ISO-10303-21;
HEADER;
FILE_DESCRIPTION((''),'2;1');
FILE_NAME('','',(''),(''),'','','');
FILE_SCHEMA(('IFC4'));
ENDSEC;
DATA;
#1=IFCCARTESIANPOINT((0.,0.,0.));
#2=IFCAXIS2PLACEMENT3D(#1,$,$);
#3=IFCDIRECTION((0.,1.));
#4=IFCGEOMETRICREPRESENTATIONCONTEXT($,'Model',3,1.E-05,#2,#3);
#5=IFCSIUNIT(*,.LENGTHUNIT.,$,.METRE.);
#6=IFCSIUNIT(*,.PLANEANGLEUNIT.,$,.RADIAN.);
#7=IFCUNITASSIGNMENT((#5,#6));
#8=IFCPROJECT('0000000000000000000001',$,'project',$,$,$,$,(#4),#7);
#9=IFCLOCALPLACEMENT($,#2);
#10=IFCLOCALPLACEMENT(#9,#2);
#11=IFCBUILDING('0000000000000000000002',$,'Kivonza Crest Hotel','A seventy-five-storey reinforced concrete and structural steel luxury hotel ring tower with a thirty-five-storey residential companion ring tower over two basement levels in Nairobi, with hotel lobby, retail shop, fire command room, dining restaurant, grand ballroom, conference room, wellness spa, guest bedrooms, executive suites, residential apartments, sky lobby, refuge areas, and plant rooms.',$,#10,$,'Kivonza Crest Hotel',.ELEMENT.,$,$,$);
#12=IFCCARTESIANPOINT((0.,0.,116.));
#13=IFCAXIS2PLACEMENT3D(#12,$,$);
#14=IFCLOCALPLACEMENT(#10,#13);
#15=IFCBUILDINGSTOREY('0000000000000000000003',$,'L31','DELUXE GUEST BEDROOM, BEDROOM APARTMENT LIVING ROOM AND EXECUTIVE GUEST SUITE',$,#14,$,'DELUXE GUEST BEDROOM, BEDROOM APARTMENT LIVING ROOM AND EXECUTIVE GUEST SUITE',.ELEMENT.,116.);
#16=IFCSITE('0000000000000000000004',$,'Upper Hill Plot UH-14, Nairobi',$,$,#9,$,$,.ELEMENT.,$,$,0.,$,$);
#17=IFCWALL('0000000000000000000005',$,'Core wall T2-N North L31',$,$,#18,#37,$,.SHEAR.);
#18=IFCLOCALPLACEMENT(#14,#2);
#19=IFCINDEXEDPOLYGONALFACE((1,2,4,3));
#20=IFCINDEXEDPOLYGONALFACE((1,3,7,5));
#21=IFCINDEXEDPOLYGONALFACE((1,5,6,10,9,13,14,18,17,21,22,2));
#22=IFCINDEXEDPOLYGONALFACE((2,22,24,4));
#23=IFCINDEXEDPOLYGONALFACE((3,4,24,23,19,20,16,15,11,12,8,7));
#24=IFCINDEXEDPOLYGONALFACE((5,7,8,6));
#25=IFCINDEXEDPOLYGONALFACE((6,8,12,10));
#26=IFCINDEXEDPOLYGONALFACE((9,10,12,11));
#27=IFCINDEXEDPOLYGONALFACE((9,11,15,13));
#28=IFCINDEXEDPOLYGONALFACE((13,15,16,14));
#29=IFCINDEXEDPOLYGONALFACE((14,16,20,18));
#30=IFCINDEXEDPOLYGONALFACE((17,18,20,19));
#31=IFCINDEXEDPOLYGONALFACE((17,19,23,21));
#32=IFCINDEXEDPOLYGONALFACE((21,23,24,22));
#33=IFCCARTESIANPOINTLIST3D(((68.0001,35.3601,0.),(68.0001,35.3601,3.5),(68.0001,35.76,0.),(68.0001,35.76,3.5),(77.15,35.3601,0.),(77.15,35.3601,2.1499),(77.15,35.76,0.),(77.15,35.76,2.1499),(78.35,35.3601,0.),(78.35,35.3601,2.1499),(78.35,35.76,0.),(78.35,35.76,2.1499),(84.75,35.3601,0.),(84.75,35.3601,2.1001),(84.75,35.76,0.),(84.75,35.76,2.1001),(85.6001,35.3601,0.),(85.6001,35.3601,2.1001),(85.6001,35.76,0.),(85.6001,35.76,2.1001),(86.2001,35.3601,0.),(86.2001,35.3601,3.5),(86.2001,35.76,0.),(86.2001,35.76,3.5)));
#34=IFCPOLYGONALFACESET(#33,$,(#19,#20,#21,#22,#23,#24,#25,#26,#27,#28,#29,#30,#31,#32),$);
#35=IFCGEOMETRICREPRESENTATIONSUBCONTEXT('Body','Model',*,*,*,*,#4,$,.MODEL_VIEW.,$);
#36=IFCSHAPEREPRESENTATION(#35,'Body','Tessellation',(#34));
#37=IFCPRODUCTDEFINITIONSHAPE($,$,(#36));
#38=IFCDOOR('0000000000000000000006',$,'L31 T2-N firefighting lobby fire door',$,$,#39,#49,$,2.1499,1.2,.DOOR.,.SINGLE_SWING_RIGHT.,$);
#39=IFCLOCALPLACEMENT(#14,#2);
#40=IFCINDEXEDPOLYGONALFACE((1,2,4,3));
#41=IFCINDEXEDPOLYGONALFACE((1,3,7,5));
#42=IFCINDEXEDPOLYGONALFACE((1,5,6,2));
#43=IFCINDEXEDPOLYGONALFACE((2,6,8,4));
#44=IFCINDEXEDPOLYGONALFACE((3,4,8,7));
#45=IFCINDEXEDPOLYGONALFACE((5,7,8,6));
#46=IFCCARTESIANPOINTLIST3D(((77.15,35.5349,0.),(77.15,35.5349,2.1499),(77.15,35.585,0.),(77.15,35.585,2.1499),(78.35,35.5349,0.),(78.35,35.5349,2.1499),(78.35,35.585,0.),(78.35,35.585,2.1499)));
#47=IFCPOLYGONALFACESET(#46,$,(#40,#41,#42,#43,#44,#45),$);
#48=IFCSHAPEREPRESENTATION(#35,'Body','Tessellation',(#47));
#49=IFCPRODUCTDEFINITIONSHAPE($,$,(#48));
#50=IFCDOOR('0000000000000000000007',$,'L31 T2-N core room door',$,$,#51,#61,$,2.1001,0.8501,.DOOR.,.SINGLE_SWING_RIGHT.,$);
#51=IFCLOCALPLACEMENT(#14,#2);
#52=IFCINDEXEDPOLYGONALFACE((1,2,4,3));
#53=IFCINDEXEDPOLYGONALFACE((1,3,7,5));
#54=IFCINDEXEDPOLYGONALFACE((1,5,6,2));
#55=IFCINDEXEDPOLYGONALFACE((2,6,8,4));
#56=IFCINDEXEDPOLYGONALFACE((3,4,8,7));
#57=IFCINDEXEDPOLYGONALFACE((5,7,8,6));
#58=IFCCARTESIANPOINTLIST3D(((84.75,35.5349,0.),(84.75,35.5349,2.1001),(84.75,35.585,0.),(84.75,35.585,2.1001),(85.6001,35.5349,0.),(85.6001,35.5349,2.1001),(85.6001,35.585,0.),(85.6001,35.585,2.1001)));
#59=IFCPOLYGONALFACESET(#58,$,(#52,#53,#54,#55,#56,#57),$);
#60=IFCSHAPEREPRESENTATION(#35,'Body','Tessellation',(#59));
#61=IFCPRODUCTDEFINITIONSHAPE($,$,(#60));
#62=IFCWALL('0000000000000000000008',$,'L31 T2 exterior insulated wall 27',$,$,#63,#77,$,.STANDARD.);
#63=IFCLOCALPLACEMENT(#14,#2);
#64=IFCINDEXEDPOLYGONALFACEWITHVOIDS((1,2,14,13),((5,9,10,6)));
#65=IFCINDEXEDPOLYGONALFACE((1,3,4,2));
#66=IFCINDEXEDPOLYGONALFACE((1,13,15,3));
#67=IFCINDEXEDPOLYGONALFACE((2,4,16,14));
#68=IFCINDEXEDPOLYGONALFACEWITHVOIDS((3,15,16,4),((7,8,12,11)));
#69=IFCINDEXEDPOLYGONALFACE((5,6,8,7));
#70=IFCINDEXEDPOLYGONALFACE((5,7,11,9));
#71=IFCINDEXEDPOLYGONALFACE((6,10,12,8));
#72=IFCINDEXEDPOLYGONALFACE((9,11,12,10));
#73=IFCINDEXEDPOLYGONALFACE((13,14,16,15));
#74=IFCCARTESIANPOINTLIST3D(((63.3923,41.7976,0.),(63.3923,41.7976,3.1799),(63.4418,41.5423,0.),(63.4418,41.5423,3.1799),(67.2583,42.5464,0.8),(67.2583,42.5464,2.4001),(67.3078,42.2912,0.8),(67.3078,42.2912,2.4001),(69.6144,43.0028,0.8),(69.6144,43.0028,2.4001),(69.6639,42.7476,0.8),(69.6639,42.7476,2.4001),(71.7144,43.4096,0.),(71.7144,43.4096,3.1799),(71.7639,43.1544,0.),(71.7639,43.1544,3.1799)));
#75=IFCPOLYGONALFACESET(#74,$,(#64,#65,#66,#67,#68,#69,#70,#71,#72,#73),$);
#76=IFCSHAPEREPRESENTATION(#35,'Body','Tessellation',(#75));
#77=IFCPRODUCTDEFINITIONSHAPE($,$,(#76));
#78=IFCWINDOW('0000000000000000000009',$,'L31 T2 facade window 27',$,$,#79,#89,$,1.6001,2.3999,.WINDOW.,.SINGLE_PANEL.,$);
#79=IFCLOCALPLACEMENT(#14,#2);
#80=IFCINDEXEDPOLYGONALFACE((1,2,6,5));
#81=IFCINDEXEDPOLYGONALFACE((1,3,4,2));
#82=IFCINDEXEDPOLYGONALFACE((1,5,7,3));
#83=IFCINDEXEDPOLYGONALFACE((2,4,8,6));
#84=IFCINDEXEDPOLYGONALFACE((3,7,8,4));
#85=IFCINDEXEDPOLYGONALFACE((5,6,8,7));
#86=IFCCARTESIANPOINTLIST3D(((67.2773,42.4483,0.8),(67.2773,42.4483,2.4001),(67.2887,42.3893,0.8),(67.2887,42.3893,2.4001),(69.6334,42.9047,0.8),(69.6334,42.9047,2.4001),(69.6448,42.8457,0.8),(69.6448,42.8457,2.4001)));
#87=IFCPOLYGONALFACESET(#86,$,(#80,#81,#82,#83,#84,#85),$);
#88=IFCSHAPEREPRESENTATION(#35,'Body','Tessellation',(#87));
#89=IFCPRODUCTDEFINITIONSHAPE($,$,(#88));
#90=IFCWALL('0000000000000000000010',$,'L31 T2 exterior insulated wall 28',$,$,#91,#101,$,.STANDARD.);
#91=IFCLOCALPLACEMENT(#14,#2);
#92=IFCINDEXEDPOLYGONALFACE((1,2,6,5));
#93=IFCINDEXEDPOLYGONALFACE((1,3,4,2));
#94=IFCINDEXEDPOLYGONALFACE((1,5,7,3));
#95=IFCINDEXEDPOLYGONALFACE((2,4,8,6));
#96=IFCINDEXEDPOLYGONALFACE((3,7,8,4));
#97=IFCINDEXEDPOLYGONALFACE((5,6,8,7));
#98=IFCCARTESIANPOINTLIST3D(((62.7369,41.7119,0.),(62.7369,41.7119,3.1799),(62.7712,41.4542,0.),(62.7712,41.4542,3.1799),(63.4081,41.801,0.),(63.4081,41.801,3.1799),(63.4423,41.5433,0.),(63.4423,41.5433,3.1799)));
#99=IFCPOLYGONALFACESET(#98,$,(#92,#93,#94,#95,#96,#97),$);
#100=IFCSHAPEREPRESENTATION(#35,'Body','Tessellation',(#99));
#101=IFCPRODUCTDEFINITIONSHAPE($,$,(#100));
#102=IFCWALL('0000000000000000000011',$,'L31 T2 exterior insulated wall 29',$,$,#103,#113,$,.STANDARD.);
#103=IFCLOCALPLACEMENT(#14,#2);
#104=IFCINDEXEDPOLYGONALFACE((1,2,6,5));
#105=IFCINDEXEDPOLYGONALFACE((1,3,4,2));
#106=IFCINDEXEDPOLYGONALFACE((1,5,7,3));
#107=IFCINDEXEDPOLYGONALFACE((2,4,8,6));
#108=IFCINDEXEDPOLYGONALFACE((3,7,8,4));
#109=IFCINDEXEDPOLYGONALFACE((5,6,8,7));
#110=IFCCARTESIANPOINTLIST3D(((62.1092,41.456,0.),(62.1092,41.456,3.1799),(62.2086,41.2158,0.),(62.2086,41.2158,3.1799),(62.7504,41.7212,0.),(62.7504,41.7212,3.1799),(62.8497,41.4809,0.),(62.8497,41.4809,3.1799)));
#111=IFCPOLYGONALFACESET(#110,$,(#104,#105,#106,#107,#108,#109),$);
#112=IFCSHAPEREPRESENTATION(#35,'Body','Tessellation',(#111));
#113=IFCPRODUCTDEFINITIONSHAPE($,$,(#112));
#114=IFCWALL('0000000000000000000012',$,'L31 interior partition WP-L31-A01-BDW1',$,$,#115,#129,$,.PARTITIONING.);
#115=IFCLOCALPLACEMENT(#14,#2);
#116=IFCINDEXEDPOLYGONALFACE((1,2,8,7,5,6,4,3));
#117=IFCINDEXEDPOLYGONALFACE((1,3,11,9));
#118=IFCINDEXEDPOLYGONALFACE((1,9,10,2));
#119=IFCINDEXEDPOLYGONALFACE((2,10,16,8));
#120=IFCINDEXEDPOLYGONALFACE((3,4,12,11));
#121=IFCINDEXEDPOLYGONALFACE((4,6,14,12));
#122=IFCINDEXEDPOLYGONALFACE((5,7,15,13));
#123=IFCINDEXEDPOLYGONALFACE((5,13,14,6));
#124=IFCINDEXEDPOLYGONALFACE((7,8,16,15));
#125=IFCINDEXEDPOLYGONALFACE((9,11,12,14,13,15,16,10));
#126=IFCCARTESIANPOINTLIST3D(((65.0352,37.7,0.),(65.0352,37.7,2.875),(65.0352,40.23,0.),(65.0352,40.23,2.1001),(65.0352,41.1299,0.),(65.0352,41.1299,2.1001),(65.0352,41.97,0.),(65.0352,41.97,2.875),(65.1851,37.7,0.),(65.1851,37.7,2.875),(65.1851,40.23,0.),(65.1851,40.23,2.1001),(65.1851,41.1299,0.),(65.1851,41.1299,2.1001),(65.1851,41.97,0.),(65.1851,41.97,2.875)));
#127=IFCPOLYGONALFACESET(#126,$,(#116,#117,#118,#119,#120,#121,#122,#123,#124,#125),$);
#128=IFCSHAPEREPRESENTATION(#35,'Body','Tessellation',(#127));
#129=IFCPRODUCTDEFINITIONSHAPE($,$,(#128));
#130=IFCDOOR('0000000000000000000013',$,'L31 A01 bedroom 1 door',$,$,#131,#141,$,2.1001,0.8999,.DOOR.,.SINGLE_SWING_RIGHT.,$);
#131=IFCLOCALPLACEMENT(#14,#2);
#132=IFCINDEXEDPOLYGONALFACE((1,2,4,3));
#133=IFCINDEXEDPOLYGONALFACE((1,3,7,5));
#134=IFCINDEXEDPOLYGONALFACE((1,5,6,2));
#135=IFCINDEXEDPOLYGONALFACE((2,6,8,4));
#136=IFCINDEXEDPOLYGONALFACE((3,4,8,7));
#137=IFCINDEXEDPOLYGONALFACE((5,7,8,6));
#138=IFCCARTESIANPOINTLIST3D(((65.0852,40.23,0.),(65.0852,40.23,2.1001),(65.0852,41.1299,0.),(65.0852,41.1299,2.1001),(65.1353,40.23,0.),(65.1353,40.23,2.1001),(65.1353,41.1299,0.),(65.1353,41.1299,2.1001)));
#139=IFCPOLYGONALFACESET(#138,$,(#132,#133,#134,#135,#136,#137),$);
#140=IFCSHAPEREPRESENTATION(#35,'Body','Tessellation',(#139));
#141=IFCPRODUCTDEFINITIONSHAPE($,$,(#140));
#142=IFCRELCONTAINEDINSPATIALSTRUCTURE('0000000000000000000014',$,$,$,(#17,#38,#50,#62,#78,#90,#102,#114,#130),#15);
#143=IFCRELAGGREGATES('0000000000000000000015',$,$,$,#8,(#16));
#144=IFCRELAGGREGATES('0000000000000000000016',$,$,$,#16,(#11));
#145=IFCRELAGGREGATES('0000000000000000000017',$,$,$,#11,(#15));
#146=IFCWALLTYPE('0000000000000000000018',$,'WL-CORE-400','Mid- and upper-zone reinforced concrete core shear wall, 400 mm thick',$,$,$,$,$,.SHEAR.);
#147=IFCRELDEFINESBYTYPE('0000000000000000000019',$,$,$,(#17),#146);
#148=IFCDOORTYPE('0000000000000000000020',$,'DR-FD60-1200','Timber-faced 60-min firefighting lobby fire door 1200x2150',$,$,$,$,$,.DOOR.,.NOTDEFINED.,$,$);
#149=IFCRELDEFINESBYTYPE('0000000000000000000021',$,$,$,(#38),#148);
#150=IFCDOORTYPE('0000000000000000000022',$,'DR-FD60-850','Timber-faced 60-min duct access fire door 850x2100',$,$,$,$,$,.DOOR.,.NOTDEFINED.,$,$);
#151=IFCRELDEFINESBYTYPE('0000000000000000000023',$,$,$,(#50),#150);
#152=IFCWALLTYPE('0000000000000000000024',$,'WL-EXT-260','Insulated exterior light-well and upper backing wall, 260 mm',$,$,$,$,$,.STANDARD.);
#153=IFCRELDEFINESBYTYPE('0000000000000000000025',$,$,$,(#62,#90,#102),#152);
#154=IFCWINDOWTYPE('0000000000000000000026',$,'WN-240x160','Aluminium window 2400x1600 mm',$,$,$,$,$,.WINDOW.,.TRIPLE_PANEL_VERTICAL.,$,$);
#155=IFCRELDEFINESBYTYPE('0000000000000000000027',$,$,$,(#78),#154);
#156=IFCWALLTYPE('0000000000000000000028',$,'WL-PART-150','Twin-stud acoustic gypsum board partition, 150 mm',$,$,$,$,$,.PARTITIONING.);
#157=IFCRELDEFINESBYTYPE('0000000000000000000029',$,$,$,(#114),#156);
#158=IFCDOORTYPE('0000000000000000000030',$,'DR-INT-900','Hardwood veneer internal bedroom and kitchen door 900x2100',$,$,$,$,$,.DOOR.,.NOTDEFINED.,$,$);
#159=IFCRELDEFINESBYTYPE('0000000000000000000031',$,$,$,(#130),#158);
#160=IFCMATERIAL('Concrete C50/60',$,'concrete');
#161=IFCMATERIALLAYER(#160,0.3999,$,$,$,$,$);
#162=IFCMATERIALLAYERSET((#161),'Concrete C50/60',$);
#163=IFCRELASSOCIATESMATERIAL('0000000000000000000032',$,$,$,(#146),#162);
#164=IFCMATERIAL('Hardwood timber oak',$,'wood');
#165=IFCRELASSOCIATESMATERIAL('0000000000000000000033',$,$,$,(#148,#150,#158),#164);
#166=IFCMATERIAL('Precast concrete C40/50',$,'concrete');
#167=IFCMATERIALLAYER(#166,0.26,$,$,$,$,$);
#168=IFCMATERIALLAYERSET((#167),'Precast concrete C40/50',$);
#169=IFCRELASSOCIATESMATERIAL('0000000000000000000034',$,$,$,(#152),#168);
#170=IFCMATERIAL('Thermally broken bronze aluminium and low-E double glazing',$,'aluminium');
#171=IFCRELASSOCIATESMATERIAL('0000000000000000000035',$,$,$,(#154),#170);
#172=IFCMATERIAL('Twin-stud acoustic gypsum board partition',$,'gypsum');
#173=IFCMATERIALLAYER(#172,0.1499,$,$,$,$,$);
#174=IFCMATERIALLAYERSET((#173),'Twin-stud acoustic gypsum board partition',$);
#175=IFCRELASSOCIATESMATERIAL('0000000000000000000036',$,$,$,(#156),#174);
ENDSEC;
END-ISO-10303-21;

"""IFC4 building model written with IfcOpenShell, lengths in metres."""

from ifc_helpers import new_model, si_unit, direction, frame, frame_2d, origin, place, context, subcontext, project, spatial, rectangle, extrude, material, layer, layer_set, type_object, element, fill, save


model = new_model("IFC4")

# Units and contexts
model_context = context("Model", 3, precision=1e-05, world=origin(), true_north=direction((0.0, 1.0)))
body_context = subcontext(model_context, "Body", "Model", "MODEL_VIEW")
ifc_project = project(units=[si_unit("LENGTHUNIT", "METRE"), si_unit("PLANEANGLEUNIT", "RADIAN")], contexts=[model_context])

# Site, building, storey
site_placement = place(None, origin())
site = spatial("IfcSite", under=ifc_project, at=site_placement, Name="Upper Hill Plot UH-14, Nairobi", CompositionType="ELEMENT", RefElevation=0.0)
building_placement = place(site_placement, origin())
building = spatial("IfcBuilding", under=site, at=building_placement, Name="Kivonza Crest Hotel", Description="A seventy-five-storey reinforced concrete and structural steel luxury hotel ring tower with a thirty-five-storey residential companion ring tower over two basement levels in Nairobi, with hotel lobby, retail shop, fire command room, dining restaurant, grand ballroom, conference room, wellness spa, guest bedrooms, executive suites, residential apartments, sky lobby, refuge areas, and plant rooms.", LongName="Kivonza Crest Hotel", CompositionType="ELEMENT")
storey_placement = place(building_placement, frame((0.0, 0.0, 116.0)))
storey = spatial("IfcBuildingStorey", under=building, at=storey_placement, Name="L31", Description="DELUXE GUEST BEDROOM, BEDROOM APARTMENT LIVING ROOM AND EXECUTIVE GUEST SUITE", LongName="DELUXE GUEST BEDROOM, BEDROOM APARTMENT LIVING ROOM AND EXECUTIVE GUEST SUITE", CompositionType="ELEMENT", Elevation=116.0)

# Shared definitions
ifc_material_1 = material(Name="Concrete C50/60", Category="concrete")

# Shared definitions
ifc_material_2 = material(Name="Hardwood timber oak", Category="wood")

# Wall, openings, doors
ifc_layer_1 = layer(ifc_material_1, 0.3999)
ifc_layer_set_1 = layer_set([ifc_layer_1], Name="Concrete C50/60")
wall_type_1 = type_object("IfcWallType", Name="WL-CORE-400", Description="Mid- and upper-zone reinforced concrete core shear wall, 400 mm thick", PredefinedType="SHEAR", material=ifc_layer_set_1)
wall_1_placement = place(storey_placement, frame((68.0, 35.5601, 0.0), z_axis=(0.0, 0.0, 1.0), x_axis=(1.0, 0.0, 0.0)))
wall_1 = element("IfcWall", 1, at=wall_1_placement, inside=storey, type_object=wall_type_1, Name="Core wall T2-N North L31", PredefinedType="SHEAR", context=body_context, shape_type="SweptSolid", body=[
    extrude(rectangle(XDim=18.2, YDim=0.3999, at=frame_2d((9.1001, 0.0))), origin(), (0.0, 0.0, 1.0), 3.5),
])
opening_1_placement = place(wall_1_placement, frame((9.1499, 0.0, 0.0)))
opening_1 = element("IfcOpeningElement", 2, at=opening_1_placement, cuts=wall_1, PredefinedType="OPENING", context=body_context, shape_type="SweptSolid", body=[
    extrude(rectangle(XDim=1.2, YDim=2.1499, at=frame_2d((0.6001, 1.075))), frame((0.0, 0.21, 0.0), z_axis=(0.0, -1.0, 0.0), x_axis=(1.0, 0.0, 0.0)), (0.0, 0.0, 1.0), 0.4199),
])
opening_2_placement = place(wall_1_placement, frame((16.75, 0.0, 0.0)))
opening_2 = element("IfcOpeningElement", 3, at=opening_2_placement, cuts=wall_1, PredefinedType="OPENING", context=body_context, shape_type="SweptSolid", body=[
    extrude(rectangle(XDim=0.8501, YDim=2.1001, at=frame_2d((0.425, 1.05))), frame((0.0, 0.21, 0.0), z_axis=(0.0, -1.0, 0.0), x_axis=(1.0, 0.0, 0.0)), (0.0, 0.0, 1.0), 0.4199),
])
door_type_1 = type_object("IfcDoorType", Name="DR-FD60-1200", Description="Timber-faced 60-min firefighting lobby fire door 1200x2150", OperationType="NOTDEFINED", PredefinedType="DOOR", material=ifc_material_2)
door_1_placement = place(opening_1_placement, origin())
door_1 = element("IfcDoor", 4, at=door_1_placement, inside=storey, type_object=door_type_1, Name="L31 T2-N firefighting lobby fire door", OperationType="SINGLE_SWING_RIGHT", OverallHeight=2.1499, OverallWidth=1.2, PredefinedType="DOOR", context=body_context, shape_type="SweptSolid", body=[
    extrude(rectangle(XDim=1.2, YDim=2.1499, at=frame_2d((0.6001, 1.075))), frame((0.0, 0.0249, 0.0), z_axis=(0.0, -1.0, 0.0), x_axis=(1.0, 0.0, 0.0)), (0.0, 0.0, 1.0), 0.05),
])
fill(opening_1, door_1)
door_type_2 = type_object("IfcDoorType", Name="DR-FD60-850", Description="Timber-faced 60-min duct access fire door 850x2100", OperationType="NOTDEFINED", PredefinedType="DOOR", material=ifc_material_2)
door_2_placement = place(opening_2_placement, origin())
door_2 = element("IfcDoor", 5, at=door_2_placement, inside=storey, type_object=door_type_2, Name="L31 T2-N core room door", OperationType="SINGLE_SWING_RIGHT", OverallHeight=2.1001, OverallWidth=0.8501, PredefinedType="DOOR", context=body_context, shape_type="SweptSolid", body=[
    extrude(rectangle(XDim=0.8501, YDim=2.1001, at=frame_2d((0.425, 1.05))), frame((0.0, 0.0249, 0.0), z_axis=(0.0, -1.0, 0.0), x_axis=(1.0, 0.0, 0.0)), (0.0, 0.0, 1.0), 0.05),
])
fill(opening_2, door_2)

# Wall, opening, window
ifc_material_3 = material(Name="Precast concrete C40/50", Category="concrete")
ifc_layer_2 = layer(ifc_material_3, 0.26)
ifc_layer_set_2 = layer_set([ifc_layer_2], Name="Precast concrete C40/50")
wall_type_2 = type_object("IfcWallType", Name="WL-EXT-260", Description="Insulated exterior light-well and upper backing wall, 260 mm", PredefinedType="STANDARD", material=ifc_layer_set_2)
wall_2_placement = place(storey_placement, frame((71.739, 43.282, 0.0), z_axis=(0.0, 0.0, 1.0), x_axis=(-0.98175, -0.190175, 0.0)))
wall_2 = element("IfcWall", 6, at=wall_2_placement, inside=storey, type_object=wall_type_2, Name="L31 T2 exterior insulated wall 27", PredefinedType="STANDARD", context=body_context, shape_type="SweptSolid", body=[
    extrude(rectangle(XDim=8.4768, YDim=0.26, at=frame_2d((4.2383, 0.0))), origin(), (0.0, 0.0, 1.0), 3.1799),
])
opening_3_placement = place(wall_2_placement, frame((2.1389, 0.0, 0.8)))
opening_3 = element("IfcOpeningElement", 7, at=opening_3_placement, cuts=wall_2, PredefinedType="OPENING", context=body_context, shape_type="SweptSolid", body=[
    extrude(rectangle(XDim=2.3999, YDim=1.6001, at=frame_2d((1.2, 0.8))), frame((0.0, 0.1401, 0.0), z_axis=(0.0, -1.0, 0.0), x_axis=(1.0, 0.0, 0.0)), (0.0, 0.0, 1.0), 0.28),
])
ifc_material_4 = material(Name="Thermally broken bronze aluminium and low-E double glazing", Category="aluminium")
window_type = type_object("IfcWindowType", Name="WN-240x160", Description="Aluminium window 2400x1600 mm", PartitioningType="TRIPLE_PANEL_VERTICAL", PredefinedType="WINDOW", material=ifc_material_4)
window_placement = place(opening_3_placement, origin())
window = element("IfcWindow", 8, at=window_placement, inside=storey, type_object=window_type, Name="L31 T2 facade window 27", OverallHeight=1.6001, OverallWidth=2.3999, PartitioningType="SINGLE_PANEL", PredefinedType="WINDOW", context=body_context, shape_type="SweptSolid", body=[
    extrude(rectangle(XDim=2.3999, YDim=1.6001, at=frame_2d((1.2, 0.8))), frame((0.0, 0.03, 0.0), z_axis=(0.0, -1.0, 0.0), x_axis=(1.0, 0.0, 0.0)), (0.0, 0.0, 1.0), 0.0601),
])
fill(opening_3, window)

# Walls
wall_3_placement = place(storey_placement, frame((63.425, 41.6721, 0.0), z_axis=(0.0, 0.0, 1.0), x_axis=(-0.9913, -0.13162, 0.0)))
element("IfcWall", 9, at=wall_3_placement, inside=storey, type_object=wall_type_2, Name="L31 T2 exterior insulated wall 28", PredefinedType="STANDARD", context=body_context, shape_type="SweptSolid", body=[
    extrude(rectangle(XDim=0.677, YDim=0.26, at=frame_2d((0.3384, 0.0))), origin(), (0.0, 0.0, 1.0), 3.1799),
])
wall_4_placement = place(storey_placement, frame((62.8, 41.6011, 0.0), z_axis=(0.0, 0.0, 1.0), x_axis=(-0.924094, -0.382165, 0.0)))
element("IfcWall", 10, at=wall_4_placement, inside=storey, type_object=wall_type_2, Name="L31 T2 exterior insulated wall 29", PredefinedType="STANDARD", context=body_context, shape_type="SweptSolid", body=[
    extrude(rectangle(XDim=0.6938, YDim=0.26, at=frame_2d((0.3469, 0.0))), origin(), (0.0, 0.0, 1.0), 3.1799),
])

# Wall, opening, door
ifc_material_5 = material(Name="Twin-stud acoustic gypsum board partition", Category="gypsum")
ifc_layer_3 = layer(ifc_material_5, 0.1499)
ifc_layer_set_3 = layer_set([ifc_layer_3], Name="Twin-stud acoustic gypsum board partition")
wall_type_3 = type_object("IfcWallType", Name="WL-PART-150", Description="Twin-stud acoustic gypsum board partition, 150 mm", PredefinedType="PARTITIONING", material=ifc_layer_set_3)
wall_5_placement = place(storey_placement, frame((65.1101, 37.7, 0.0), z_axis=(0.0, 0.0, 1.0), x_axis=(0.0, 1.0, 0.0)))
wall_5 = element("IfcWall", 11, at=wall_5_placement, inside=storey, type_object=wall_type_3, Name="L31 interior partition WP-L31-A01-BDW1", PredefinedType="PARTITIONING", context=body_context, shape_type="SweptSolid", body=[
    extrude(rectangle(XDim=4.27, YDim=0.1499, at=frame_2d((2.135, 0.0))), origin(), (0.0, 0.0, 1.0), 2.875),
])
opening_4_placement = place(wall_5_placement, frame((2.53, 0.0, 0.0)))
opening_4 = element("IfcOpeningElement", 12, at=opening_4_placement, cuts=wall_5, PredefinedType="OPENING", context=body_context, shape_type="SweptSolid", body=[
    extrude(rectangle(XDim=0.8999, YDim=2.1001, at=frame_2d((0.45, 1.05))), frame((0.0, 0.085, 0.0), z_axis=(0.0, -1.0, 0.0), x_axis=(1.0, 0.0, 0.0)), (0.0, 0.0, 1.0), 0.1699),
])
door_type_3 = type_object("IfcDoorType", Name="DR-INT-900", Description="Hardwood veneer internal bedroom and kitchen door 900x2100", OperationType="NOTDEFINED", PredefinedType="DOOR", material=ifc_material_2)
door_3_placement = place(opening_4_placement, origin())
door_3 = element("IfcDoor", 13, at=door_3_placement, inside=storey, type_object=door_type_3, Name="L31 A01 bedroom 1 door", OperationType="SINGLE_SWING_RIGHT", OverallHeight=2.1001, OverallWidth=0.8999, PredefinedType="DOOR", context=body_context, shape_type="SweptSolid", body=[
    extrude(rectangle(XDim=0.8999, YDim=2.1001, at=frame_2d((0.45, 1.05))), frame((0.0, 0.0249, 0.0), z_axis=(0.0, -1.0, 0.0), x_axis=(1.0, 0.0, 0.0)), (0.0, 0.0, 1.0), 0.05),
])
fill(opening_4, door_3)

save(model, "model.ifc")
